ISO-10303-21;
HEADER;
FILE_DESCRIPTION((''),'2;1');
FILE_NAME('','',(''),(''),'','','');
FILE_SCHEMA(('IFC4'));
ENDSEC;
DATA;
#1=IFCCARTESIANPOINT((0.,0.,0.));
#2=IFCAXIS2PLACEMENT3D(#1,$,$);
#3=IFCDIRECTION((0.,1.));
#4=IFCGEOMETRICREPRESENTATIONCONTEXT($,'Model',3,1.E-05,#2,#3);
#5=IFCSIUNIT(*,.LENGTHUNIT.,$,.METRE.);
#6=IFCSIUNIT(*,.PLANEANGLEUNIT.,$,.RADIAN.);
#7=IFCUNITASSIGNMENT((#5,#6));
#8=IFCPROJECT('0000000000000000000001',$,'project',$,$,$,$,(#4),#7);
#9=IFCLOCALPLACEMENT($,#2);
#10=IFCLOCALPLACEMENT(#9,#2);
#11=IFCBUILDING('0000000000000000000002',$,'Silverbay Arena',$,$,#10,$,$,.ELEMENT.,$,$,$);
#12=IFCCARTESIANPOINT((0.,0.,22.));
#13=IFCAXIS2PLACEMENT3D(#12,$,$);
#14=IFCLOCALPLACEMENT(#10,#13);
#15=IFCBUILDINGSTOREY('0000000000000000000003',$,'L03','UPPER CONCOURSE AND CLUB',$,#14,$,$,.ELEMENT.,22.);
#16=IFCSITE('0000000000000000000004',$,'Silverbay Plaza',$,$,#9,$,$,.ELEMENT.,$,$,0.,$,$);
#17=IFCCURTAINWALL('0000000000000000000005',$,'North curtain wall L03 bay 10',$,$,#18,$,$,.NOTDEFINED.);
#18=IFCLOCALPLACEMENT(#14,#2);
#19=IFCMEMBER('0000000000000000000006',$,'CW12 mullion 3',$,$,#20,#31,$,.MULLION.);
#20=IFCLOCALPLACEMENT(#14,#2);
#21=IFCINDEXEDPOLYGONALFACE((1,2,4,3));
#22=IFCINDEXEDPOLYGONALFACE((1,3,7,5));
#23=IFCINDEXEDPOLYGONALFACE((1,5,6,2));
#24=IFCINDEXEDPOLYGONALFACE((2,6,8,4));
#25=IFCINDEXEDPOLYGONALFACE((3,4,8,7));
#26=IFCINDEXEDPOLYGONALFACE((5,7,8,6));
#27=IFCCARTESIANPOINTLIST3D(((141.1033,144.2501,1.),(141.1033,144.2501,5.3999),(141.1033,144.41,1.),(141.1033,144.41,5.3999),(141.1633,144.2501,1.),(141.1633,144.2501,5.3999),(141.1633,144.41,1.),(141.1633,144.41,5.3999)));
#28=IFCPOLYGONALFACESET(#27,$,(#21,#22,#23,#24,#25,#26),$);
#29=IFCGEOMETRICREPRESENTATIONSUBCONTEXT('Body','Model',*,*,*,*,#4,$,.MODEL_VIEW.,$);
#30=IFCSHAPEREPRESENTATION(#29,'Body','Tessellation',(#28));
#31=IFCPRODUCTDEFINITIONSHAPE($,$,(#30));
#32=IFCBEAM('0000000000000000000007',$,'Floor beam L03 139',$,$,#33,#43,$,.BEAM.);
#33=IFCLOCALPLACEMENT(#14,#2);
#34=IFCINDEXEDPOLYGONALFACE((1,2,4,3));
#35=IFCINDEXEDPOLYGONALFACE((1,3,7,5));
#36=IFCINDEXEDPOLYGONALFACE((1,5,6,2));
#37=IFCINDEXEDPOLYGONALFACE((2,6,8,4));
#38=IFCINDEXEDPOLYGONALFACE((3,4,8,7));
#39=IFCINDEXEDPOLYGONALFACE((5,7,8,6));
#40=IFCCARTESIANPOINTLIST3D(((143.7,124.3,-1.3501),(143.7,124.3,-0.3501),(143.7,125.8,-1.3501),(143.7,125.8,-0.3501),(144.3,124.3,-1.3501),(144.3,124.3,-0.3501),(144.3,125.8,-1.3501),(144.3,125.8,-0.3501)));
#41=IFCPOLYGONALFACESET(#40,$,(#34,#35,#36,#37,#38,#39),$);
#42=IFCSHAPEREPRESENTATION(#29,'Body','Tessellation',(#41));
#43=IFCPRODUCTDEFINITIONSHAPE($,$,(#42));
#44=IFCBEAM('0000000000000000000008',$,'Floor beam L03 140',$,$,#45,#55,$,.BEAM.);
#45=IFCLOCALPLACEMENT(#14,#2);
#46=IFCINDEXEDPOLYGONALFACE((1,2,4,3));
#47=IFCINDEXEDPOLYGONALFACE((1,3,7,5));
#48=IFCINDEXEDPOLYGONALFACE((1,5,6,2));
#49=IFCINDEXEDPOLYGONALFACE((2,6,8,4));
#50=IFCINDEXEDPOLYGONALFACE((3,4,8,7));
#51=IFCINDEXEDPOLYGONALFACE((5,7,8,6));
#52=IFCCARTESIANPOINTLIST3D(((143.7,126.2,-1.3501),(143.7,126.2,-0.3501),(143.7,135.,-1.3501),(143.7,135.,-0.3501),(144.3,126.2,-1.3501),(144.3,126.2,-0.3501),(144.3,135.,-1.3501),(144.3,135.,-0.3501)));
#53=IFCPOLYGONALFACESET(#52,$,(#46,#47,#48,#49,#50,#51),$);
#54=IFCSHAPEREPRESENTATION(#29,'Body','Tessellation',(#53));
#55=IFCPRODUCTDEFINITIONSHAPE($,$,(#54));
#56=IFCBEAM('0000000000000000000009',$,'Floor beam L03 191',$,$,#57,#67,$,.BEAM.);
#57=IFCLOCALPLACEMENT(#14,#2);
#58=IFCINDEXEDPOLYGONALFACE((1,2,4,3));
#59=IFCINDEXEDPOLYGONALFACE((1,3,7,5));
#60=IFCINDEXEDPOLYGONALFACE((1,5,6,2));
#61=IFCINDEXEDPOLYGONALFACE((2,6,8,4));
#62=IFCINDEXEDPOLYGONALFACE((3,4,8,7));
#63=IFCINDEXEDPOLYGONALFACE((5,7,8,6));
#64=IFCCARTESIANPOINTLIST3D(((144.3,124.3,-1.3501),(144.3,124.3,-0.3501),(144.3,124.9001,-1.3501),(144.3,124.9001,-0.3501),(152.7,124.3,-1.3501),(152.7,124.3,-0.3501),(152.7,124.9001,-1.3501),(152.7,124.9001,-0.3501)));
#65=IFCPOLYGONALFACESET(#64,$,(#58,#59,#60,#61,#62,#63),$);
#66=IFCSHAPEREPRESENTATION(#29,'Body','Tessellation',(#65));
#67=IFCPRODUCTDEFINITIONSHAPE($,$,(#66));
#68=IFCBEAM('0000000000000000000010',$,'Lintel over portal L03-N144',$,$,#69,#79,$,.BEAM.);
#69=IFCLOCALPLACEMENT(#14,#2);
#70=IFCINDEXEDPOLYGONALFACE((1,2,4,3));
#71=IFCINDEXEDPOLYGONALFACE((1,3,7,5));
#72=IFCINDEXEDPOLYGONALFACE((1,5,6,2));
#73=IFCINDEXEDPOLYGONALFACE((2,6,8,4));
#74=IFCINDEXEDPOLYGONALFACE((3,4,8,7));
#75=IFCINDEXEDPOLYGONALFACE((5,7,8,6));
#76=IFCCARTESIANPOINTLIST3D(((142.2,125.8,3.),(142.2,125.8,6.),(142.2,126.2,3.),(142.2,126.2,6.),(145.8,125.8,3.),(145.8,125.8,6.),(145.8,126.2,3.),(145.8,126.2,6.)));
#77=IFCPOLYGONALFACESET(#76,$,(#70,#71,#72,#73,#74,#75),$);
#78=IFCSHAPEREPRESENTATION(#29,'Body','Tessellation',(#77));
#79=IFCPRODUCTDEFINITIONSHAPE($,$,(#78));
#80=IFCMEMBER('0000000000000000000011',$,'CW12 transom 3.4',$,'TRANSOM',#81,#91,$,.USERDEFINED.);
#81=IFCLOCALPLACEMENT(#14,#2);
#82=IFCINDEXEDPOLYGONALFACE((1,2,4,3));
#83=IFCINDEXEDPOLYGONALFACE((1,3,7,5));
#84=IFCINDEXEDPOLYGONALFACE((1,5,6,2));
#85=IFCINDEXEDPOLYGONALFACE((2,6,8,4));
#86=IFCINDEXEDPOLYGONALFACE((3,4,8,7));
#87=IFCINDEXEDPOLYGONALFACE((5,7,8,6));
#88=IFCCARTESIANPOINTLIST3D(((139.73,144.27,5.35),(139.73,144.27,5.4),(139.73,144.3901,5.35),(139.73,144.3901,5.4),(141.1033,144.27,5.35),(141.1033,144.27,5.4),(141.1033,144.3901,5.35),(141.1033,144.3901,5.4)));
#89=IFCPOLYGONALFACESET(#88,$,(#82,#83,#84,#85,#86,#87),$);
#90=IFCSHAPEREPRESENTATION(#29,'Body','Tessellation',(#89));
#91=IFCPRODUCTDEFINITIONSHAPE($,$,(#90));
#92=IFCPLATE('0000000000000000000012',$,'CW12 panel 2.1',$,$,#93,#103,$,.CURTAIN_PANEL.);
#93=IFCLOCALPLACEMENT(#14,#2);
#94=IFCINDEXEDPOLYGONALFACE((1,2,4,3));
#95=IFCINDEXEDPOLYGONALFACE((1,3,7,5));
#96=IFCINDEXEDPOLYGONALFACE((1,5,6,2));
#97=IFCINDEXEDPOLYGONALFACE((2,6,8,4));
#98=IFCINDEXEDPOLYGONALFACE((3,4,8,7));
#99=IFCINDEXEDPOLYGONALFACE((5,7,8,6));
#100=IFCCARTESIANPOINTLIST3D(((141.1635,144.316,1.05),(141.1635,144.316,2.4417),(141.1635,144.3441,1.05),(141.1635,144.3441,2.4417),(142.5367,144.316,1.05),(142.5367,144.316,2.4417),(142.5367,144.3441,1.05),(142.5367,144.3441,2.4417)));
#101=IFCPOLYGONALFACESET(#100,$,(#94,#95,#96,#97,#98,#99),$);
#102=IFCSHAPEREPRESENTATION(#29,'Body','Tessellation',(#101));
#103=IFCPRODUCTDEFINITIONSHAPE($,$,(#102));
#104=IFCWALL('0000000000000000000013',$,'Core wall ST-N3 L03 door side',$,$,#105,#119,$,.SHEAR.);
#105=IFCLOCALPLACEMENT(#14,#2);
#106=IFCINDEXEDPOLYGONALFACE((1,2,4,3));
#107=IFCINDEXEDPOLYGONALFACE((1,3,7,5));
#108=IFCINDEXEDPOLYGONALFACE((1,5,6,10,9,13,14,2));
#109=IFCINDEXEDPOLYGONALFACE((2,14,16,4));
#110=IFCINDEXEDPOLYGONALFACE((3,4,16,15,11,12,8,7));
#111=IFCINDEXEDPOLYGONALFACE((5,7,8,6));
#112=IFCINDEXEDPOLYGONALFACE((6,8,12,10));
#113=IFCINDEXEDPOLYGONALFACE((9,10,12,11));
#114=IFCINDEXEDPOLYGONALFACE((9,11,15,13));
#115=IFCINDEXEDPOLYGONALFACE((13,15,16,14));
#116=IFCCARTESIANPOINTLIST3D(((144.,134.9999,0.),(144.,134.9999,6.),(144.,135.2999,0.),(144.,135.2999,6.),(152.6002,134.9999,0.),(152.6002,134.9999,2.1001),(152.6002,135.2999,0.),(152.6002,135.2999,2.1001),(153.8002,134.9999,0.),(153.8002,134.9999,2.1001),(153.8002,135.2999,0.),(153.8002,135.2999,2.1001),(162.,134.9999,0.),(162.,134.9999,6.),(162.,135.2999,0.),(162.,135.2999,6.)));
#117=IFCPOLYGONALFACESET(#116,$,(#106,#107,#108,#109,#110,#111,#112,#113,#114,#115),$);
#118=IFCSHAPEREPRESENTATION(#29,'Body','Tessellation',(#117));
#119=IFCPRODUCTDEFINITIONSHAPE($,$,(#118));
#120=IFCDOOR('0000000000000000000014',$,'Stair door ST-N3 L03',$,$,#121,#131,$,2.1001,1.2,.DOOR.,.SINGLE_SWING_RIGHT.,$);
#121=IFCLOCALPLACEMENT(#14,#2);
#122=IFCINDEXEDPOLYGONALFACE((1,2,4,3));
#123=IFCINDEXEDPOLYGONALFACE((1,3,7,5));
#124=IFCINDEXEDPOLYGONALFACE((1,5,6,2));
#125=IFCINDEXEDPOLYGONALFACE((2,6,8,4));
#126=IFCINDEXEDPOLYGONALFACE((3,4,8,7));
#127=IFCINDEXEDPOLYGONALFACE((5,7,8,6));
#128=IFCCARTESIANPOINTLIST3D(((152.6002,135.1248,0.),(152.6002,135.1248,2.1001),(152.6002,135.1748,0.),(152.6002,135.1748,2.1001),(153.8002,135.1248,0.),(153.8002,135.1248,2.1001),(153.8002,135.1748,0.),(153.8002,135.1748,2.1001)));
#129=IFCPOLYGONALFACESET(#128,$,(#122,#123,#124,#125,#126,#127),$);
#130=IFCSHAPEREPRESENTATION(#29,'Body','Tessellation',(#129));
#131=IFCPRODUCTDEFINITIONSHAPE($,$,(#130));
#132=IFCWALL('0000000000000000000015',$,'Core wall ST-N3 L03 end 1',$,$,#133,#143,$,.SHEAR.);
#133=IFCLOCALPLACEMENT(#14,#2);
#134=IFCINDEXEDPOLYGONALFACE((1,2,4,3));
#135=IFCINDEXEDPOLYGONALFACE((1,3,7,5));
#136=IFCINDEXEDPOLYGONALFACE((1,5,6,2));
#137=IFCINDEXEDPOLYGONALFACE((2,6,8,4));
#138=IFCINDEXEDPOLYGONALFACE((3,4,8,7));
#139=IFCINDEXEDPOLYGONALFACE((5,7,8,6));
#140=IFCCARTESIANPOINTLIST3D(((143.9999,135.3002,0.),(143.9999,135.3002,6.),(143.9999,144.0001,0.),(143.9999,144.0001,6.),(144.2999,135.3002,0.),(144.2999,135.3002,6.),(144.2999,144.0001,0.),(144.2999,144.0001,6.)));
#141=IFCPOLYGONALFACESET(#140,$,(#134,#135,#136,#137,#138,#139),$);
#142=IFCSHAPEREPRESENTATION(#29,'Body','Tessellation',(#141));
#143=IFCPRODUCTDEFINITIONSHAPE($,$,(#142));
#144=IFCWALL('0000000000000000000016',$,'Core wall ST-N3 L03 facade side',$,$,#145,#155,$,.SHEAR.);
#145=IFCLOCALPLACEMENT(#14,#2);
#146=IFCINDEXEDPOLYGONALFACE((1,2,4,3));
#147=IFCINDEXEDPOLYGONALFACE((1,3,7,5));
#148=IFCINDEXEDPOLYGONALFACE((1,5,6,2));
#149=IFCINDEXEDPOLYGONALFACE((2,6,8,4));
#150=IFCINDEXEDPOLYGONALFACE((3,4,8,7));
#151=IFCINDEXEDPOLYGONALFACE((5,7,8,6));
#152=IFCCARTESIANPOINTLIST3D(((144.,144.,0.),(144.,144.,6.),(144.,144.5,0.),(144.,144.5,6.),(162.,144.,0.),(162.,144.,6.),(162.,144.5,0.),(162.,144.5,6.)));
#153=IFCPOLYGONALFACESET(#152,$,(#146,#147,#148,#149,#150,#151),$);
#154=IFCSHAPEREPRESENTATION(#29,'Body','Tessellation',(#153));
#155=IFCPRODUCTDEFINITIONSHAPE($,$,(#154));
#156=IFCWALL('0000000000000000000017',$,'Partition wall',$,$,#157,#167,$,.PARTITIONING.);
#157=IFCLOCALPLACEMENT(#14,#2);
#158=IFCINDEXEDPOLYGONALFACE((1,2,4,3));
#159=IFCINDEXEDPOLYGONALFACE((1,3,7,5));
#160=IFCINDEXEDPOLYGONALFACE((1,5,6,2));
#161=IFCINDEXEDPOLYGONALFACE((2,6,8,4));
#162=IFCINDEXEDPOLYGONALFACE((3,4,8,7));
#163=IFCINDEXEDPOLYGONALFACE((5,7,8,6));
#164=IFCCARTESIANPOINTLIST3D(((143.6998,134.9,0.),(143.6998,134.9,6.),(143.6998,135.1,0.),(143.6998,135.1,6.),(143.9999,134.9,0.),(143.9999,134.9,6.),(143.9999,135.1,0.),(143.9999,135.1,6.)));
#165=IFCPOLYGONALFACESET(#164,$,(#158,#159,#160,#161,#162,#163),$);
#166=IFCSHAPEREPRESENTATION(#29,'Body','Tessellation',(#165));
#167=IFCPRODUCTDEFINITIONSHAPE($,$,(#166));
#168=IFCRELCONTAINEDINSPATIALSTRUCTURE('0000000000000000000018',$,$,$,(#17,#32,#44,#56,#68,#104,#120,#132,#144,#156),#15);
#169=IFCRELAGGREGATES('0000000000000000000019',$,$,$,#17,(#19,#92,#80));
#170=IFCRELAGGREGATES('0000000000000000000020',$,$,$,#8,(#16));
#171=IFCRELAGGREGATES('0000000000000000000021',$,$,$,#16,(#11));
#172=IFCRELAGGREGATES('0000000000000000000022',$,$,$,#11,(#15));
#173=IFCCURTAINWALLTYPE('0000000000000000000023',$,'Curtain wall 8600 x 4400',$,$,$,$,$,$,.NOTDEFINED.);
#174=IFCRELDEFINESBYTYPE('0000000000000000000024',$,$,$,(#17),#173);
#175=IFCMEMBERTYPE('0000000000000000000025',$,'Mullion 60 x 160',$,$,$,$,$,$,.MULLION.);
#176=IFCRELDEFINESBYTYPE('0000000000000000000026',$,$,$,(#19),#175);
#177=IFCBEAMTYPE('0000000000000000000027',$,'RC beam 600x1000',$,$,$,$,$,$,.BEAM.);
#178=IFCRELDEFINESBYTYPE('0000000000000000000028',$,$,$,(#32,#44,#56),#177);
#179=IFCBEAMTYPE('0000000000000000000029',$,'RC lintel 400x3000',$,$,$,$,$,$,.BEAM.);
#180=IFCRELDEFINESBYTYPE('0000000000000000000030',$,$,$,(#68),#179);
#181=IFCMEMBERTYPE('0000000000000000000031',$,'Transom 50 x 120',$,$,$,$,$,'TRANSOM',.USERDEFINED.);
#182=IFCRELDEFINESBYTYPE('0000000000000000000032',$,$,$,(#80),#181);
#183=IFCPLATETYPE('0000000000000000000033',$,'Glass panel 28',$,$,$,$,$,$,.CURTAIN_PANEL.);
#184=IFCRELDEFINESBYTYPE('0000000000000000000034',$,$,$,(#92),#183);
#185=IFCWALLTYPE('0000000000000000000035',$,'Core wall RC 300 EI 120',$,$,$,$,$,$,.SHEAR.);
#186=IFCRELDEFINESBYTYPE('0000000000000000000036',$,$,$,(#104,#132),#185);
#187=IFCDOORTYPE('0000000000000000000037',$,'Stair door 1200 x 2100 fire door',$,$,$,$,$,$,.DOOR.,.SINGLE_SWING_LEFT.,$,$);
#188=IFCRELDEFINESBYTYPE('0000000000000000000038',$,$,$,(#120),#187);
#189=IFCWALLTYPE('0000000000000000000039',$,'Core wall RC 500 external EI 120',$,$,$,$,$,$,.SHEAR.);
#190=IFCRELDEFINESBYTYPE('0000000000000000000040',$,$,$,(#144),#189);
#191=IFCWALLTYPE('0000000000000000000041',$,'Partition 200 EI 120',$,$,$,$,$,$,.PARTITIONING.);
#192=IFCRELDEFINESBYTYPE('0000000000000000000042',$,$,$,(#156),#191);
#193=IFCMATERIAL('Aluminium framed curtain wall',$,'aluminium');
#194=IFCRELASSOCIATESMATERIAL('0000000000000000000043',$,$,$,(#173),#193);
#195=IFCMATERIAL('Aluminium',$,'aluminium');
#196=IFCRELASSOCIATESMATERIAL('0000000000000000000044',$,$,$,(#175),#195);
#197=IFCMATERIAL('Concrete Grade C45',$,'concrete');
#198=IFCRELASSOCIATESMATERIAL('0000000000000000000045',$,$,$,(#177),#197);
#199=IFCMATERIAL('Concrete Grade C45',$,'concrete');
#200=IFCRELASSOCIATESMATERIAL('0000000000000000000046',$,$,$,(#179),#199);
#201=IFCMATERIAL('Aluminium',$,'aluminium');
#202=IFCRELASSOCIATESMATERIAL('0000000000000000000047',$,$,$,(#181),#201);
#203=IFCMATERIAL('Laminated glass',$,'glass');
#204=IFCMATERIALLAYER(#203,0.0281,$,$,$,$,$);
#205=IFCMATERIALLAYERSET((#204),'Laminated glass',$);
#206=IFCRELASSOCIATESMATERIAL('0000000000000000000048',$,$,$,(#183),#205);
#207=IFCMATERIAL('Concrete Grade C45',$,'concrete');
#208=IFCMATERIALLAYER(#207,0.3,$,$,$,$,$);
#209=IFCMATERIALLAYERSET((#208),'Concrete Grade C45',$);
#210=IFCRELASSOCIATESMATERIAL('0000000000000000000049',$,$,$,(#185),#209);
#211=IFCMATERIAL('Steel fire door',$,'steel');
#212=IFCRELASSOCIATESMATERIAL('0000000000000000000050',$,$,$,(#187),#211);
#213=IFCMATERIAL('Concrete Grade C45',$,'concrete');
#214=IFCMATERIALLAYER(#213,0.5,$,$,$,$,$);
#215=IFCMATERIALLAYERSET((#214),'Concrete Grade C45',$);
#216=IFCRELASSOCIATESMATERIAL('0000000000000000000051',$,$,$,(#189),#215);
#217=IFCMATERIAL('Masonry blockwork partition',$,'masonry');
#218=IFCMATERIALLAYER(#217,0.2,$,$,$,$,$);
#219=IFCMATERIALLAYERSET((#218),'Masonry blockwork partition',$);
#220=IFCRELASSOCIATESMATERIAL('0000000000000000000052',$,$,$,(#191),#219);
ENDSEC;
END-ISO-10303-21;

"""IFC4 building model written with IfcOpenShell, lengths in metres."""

from ifc_helpers import new_model, si_unit, direction, frame, frame_2d, origin, origin_2d, place, context, subcontext, project, spatial, rectangle, extrude, material, layer, layer_set, material_profile, profile_set, type_object, element, fill, aggregate, save


model = new_model("IFC4")

# Units and contexts
model_context = context("Model", 3, precision=1e-05, world=origin(), true_north=direction((0.0, 1.0)))
body_context = subcontext(model_context, "Body", "Model", "MODEL_VIEW")
ifc_project = project(units=[si_unit("LENGTHUNIT", "METRE"), si_unit("PLANEANGLEUNIT", "RADIAN")], contexts=[model_context])

# Site, building, storey
site_placement = place(None, origin())
site = spatial("IfcSite", under=ifc_project, at=site_placement, Name="Silverbay Plaza", CompositionType="ELEMENT", RefElevation=0.0)
building_placement = place(site_placement, origin())
building = spatial("IfcBuilding", under=site, at=building_placement, Name="Silverbay Arena", CompositionType="ELEMENT")
storey_placement = place(building_placement, frame((0.0, 0.0, 22.0)))
storey = spatial("IfcBuildingStorey", under=building, at=storey_placement, Name="L03", Description="UPPER CONCOURSE AND CLUB", CompositionType="ELEMENT", Elevation=22.0)

# Curtain wall, member
ifc_material_1 = material(Name="Aluminium framed curtain wall", Category="aluminium")
curtain_wall_type = type_object("IfcCurtainWallType", Name="Curtain wall 8600 x 4400", PredefinedType="NOTDEFINED", material=ifc_material_1)
curtain_wall_placement = place(storey_placement, origin())
curtain_wall = element("IfcCurtainWall", 1, at=curtain_wall_placement, inside=storey, type_object=curtain_wall_type, Name="North curtain wall L03 bay 10", PredefinedType="NOTDEFINED")
ifc_material_2 = material(Name="Aluminium", Category="aluminium")
ifc_material_profile_1 = material_profile(ifc_material_2, rectangle(XDim=0.1599, YDim=0.0601, at=origin_2d()), Name="Mullion 60 x 160")
ifc_profile_set_1 = profile_set([ifc_material_profile_1], Name="Aluminium")
member_type_1 = type_object("IfcMemberType", Name="Mullion 60 x 160", PredefinedType="MULLION", material=ifc_profile_set_1)
member_1_placement = place(storey_placement, frame((141.1333, 144.3301, 1.0), z_axis=(0.0, 0.0, 1.0), x_axis=(0.0, -1.0, 0.0)))
member_1 = element("IfcMember", 2, at=member_1_placement, type_object=member_type_1, Name="CW12 mullion 3", PredefinedType="MULLION", context=body_context, shape_type="SweptSolid", body=[
    extrude(rectangle(XDim=0.1599, YDim=0.0601, at=origin_2d()), origin(), (0.0, 0.0, 1.0), 4.3999),
])

# Beams
ifc_material_3 = material(Name="Concrete Grade C45", Category="concrete")
ifc_material_profile_2 = material_profile(ifc_material_3, rectangle(XDim=0.6001, YDim=1.0, at=origin_2d()), Name="RC 600x1000")
ifc_profile_set_2 = profile_set([ifc_material_profile_2], Name="Concrete Grade C45")
beam_type_1 = type_object("IfcBeamType", Name="RC beam 600x1000", PredefinedType="BEAM", material=ifc_profile_set_2)
beam_1_placement = place(storey_placement, frame((144.0, 124.3, -0.8501), z_axis=(0.0, 1.0, 0.0), x_axis=(-1.0, 0.0, 0.0)))
element("IfcBeam", 3, at=beam_1_placement, inside=storey, type_object=beam_type_1, Name="Floor beam L03 139", PredefinedType="BEAM", context=body_context, shape_type="SweptSolid", body=[
    extrude(rectangle(XDim=0.6001, YDim=1.0, at=origin_2d()), origin(), (0.0, 0.0, 1.0), 1.5),
])
beam_2_placement = place(storey_placement, frame((144.0, 126.2, -0.8501), z_axis=(0.0, 1.0, 0.0), x_axis=(-1.0, 0.0, 0.0)))
element("IfcBeam", 4, at=beam_2_placement, inside=storey, type_object=beam_type_1, Name="Floor beam L03 140", PredefinedType="BEAM", context=body_context, shape_type="SweptSolid", body=[
    extrude(rectangle(XDim=0.6001, YDim=1.0, at=origin_2d()), origin(), (0.0, 0.0, 1.0), 8.8),
])
beam_3_placement = place(storey_placement, frame((144.3, 124.6001, -0.8501), z_axis=(1.0, 0.0, 0.0), x_axis=(0.0, 1.0, 0.0)))
element("IfcBeam", 5, at=beam_3_placement, inside=storey, type_object=beam_type_1, Name="Floor beam L03 191", PredefinedType="BEAM", context=body_context, shape_type="SweptSolid", body=[
    extrude(rectangle(XDim=0.6001, YDim=1.0, at=origin_2d()), origin(), (0.0, 0.0, 1.0), 8.3999),
])
ifc_material_4 = material(Name="Concrete Grade C45", Category="concrete")
ifc_material_profile_3 = material_profile(ifc_material_4, rectangle(XDim=0.3999, YDim=3.0, at=origin_2d()), Name="RC 400x3000")
ifc_profile_set_3 = profile_set([ifc_material_profile_3], Name="Concrete Grade C45")
beam_type_2 = type_object("IfcBeamType", Name="RC lintel 400x3000", PredefinedType="BEAM", material=ifc_profile_set_3)
beam_4_placement = place(storey_placement, frame((142.2, 126.0, 4.5), z_axis=(1.0, 0.0, 0.0), x_axis=(0.0, 1.0, 0.0)))
element("IfcBeam", 6, at=beam_4_placement, inside=storey, type_object=beam_type_2, Name="Lintel over portal L03-N144", PredefinedType="BEAM", context=body_context, shape_type="SweptSolid", body=[
    extrude(rectangle(XDim=0.3999, YDim=3.0, at=origin_2d()), origin(), (0.0, 0.0, 1.0), 3.6001),
])

# Member
ifc_material_5 = material(Name="Aluminium", Category="aluminium")
ifc_material_profile_4 = material_profile(ifc_material_5, rectangle(XDim=0.1201, YDim=0.05, at=origin_2d()), Name="Transom 50 x 120")
ifc_profile_set_4 = profile_set([ifc_material_profile_4], Name="Aluminium")
member_type_2 = type_object("IfcMemberType", Name="Transom 50 x 120", ElementType="TRANSOM", PredefinedType="USERDEFINED", material=ifc_profile_set_4)
member_2_placement = place(storey_placement, frame((141.1033, 144.3301, 5.375), z_axis=(-1.0, 0.0, 0.0), x_axis=(0.0, -1.0, 0.0)))
member_2 = element("IfcMember", 7, at=member_2_placement, type_object=member_type_2, Name="CW12 transom 3.4", ObjectType="TRANSOM", PredefinedType="USERDEFINED", context=body_context, shape_type="SweptSolid", body=[
    extrude(rectangle(XDim=0.1201, YDim=0.05, at=origin_2d()), origin(), (0.0, 0.0, 1.0), 1.3733),
])

# Plate
ifc_material_6 = material(Name="Laminated glass", Category="glass")
ifc_layer_1 = layer(ifc_material_6, 0.0281)
ifc_layer_set_1 = layer_set([ifc_layer_1], Name="Laminated glass")
plate_type = type_object("IfcPlateType", Name="Glass panel 28", PredefinedType="CURTAIN_PANEL", material=ifc_layer_set_1)
plate_placement = place(storey_placement, frame((141.8501, 144.3301, 1.05), z_axis=(0.0, 0.0, 1.0), x_axis=(-1.0, 0.0, 0.0)))
plate = element("IfcPlate", 8, at=plate_placement, type_object=plate_type, Name="CW12 panel 2.1", PredefinedType="CURTAIN_PANEL", context=body_context, shape_type="SweptSolid", body=[
    extrude(rectangle(XDim=1.3733, YDim=0.0281, at=origin_2d()), origin(), (0.0, 0.0, 1.0), 1.3916),
])
aggregate(curtain_wall, [member_1, plate, member_2])

# Wall, opening, door
ifc_material_7 = material(Name="Concrete Grade C45", Category="concrete")
ifc_layer_2 = layer(ifc_material_7, 0.3)
ifc_layer_set_2 = layer_set([ifc_layer_2], Name="Concrete Grade C45")
wall_type_1 = type_object("IfcWallType", Name="Core wall RC 300 EI 120", PredefinedType="SHEAR", material=ifc_layer_set_2)
wall_1_placement = place(storey_placement, frame((144.0, 135.1499, 0.0), z_axis=(0.0, 0.0, 1.0), x_axis=(1.0, 0.0, 0.0)))
wall_1 = element("IfcWall", 9, at=wall_1_placement, inside=storey, type_object=wall_type_1, Name="Core wall ST-N3 L03 door side", PredefinedType="SHEAR", context=body_context, shape_type="SweptSolid", body=[
    extrude(rectangle(XDim=18.0, YDim=0.3, at=frame_2d((9.0, 0.0))), origin(), (0.0, 0.0, 1.0), 6.0),
])
opening_1_placement = place(wall_1_placement, frame((8.6001, 0.0, 0.0)))
opening_1 = element("IfcOpeningElement", 10, at=opening_1_placement, cuts=wall_1, PredefinedType="OPENING", context=body_context, shape_type="SweptSolid", body=[
    extrude(rectangle(XDim=1.2, YDim=2.1001, at=frame_2d((0.6001, 1.05))), frame((0.0, 0.1602, 0.0), z_axis=(0.0, -1.0, 0.0), x_axis=(1.0, 0.0, 0.0)), (0.0, 0.0, 1.0), 0.3201),
])
ifc_material_8 = material(Name="Steel fire door", Category="steel")
door_type_1 = type_object("IfcDoorType", Name="Stair door 1200 x 2100 fire door", OperationType="SINGLE_SWING_LEFT", PredefinedType="DOOR", material=ifc_material_8)
door_1_placement = place(opening_1_placement, origin())
door_1 = element("IfcDoor", 11, at=door_1_placement, inside=storey, type_object=door_type_1, Name="Stair door ST-N3 L03", OperationType="SINGLE_SWING_RIGHT", OverallHeight=2.1001, OverallWidth=1.2, PredefinedType="DOOR", context=body_context, shape_type="SweptSolid", body=[
    extrude(rectangle(XDim=1.2, YDim=2.1001, at=frame_2d((0.6001, 1.05))), frame((0.0, 0.0249, 0.0), z_axis=(0.0, -1.0, 0.0), x_axis=(1.0, 0.0, 0.0)), (0.0, 0.0, 1.0), 0.05),
])
fill(opening_1, door_1)

# Walls
wall_2_placement = place(storey_placement, frame((144.1499, 135.3, 0.0), z_axis=(0.0, 0.0, 1.0), x_axis=(0.0, 1.0, 0.0)))
element("IfcWall", 12, at=wall_2_placement, inside=storey, type_object=wall_type_1, Name="Core wall ST-N3 L03 end 1", PredefinedType="SHEAR", context=body_context, shape_type="SweptSolid", body=[
    extrude(rectangle(XDim=8.7, YDim=0.3, at=frame_2d((4.3501, 0.0))), origin(), (0.0, 0.0, 1.0), 6.0),
])
ifc_material_9 = material(Name="Concrete Grade C45", Category="concrete")
ifc_layer_3 = layer(ifc_material_9, 0.5)
ifc_layer_set_3 = layer_set([ifc_layer_3], Name="Concrete Grade C45")
wall_type_2 = type_object("IfcWallType", Name="Core wall RC 500 external EI 120", PredefinedType="SHEAR", material=ifc_layer_set_3)
wall_3_placement = place(storey_placement, frame((144.0, 144.25, 0.0), z_axis=(0.0, 0.0, 1.0), x_axis=(1.0, 0.0, 0.0)))
element("IfcWall", 13, at=wall_3_placement, inside=storey, type_object=wall_type_2, Name="Core wall ST-N3 L03 facade side", PredefinedType="SHEAR", context=body_context, shape_type="SweptSolid", body=[
    extrude(rectangle(XDim=18.0, YDim=0.5, at=frame_2d((9.0, 0.0))), origin(), (0.0, 0.0, 1.0), 6.0),
])

# Wall
ifc_material_10 = material(Name="Masonry blockwork partition", Category="masonry")
ifc_layer_4 = layer(ifc_material_10, 0.2)
ifc_layer_set_4 = layer_set([ifc_layer_4], Name="Masonry blockwork partition")
wall_type_3 = type_object("IfcWallType", Name="Partition 200 EI 120", PredefinedType="PARTITIONING", material=ifc_layer_set_4)
wall_4_placement = place(storey_placement, frame((143.7, 135.0, 0.0), z_axis=(0.0, 0.0, 1.0), x_axis=(1.0, 0.0, 0.0)))
element("IfcWall", 14, at=wall_4_placement, inside=storey, type_object=wall_type_3, Name="Partition wall", PredefinedType="PARTITIONING", context=body_context, shape_type="SweptSolid", body=[
    extrude(rectangle(XDim=0.3, YDim=0.2, at=frame_2d((0.1499, 0.0))), origin(), (0.0, 0.0, 1.0), 6.0),
])

save(model, "model.ifc")
